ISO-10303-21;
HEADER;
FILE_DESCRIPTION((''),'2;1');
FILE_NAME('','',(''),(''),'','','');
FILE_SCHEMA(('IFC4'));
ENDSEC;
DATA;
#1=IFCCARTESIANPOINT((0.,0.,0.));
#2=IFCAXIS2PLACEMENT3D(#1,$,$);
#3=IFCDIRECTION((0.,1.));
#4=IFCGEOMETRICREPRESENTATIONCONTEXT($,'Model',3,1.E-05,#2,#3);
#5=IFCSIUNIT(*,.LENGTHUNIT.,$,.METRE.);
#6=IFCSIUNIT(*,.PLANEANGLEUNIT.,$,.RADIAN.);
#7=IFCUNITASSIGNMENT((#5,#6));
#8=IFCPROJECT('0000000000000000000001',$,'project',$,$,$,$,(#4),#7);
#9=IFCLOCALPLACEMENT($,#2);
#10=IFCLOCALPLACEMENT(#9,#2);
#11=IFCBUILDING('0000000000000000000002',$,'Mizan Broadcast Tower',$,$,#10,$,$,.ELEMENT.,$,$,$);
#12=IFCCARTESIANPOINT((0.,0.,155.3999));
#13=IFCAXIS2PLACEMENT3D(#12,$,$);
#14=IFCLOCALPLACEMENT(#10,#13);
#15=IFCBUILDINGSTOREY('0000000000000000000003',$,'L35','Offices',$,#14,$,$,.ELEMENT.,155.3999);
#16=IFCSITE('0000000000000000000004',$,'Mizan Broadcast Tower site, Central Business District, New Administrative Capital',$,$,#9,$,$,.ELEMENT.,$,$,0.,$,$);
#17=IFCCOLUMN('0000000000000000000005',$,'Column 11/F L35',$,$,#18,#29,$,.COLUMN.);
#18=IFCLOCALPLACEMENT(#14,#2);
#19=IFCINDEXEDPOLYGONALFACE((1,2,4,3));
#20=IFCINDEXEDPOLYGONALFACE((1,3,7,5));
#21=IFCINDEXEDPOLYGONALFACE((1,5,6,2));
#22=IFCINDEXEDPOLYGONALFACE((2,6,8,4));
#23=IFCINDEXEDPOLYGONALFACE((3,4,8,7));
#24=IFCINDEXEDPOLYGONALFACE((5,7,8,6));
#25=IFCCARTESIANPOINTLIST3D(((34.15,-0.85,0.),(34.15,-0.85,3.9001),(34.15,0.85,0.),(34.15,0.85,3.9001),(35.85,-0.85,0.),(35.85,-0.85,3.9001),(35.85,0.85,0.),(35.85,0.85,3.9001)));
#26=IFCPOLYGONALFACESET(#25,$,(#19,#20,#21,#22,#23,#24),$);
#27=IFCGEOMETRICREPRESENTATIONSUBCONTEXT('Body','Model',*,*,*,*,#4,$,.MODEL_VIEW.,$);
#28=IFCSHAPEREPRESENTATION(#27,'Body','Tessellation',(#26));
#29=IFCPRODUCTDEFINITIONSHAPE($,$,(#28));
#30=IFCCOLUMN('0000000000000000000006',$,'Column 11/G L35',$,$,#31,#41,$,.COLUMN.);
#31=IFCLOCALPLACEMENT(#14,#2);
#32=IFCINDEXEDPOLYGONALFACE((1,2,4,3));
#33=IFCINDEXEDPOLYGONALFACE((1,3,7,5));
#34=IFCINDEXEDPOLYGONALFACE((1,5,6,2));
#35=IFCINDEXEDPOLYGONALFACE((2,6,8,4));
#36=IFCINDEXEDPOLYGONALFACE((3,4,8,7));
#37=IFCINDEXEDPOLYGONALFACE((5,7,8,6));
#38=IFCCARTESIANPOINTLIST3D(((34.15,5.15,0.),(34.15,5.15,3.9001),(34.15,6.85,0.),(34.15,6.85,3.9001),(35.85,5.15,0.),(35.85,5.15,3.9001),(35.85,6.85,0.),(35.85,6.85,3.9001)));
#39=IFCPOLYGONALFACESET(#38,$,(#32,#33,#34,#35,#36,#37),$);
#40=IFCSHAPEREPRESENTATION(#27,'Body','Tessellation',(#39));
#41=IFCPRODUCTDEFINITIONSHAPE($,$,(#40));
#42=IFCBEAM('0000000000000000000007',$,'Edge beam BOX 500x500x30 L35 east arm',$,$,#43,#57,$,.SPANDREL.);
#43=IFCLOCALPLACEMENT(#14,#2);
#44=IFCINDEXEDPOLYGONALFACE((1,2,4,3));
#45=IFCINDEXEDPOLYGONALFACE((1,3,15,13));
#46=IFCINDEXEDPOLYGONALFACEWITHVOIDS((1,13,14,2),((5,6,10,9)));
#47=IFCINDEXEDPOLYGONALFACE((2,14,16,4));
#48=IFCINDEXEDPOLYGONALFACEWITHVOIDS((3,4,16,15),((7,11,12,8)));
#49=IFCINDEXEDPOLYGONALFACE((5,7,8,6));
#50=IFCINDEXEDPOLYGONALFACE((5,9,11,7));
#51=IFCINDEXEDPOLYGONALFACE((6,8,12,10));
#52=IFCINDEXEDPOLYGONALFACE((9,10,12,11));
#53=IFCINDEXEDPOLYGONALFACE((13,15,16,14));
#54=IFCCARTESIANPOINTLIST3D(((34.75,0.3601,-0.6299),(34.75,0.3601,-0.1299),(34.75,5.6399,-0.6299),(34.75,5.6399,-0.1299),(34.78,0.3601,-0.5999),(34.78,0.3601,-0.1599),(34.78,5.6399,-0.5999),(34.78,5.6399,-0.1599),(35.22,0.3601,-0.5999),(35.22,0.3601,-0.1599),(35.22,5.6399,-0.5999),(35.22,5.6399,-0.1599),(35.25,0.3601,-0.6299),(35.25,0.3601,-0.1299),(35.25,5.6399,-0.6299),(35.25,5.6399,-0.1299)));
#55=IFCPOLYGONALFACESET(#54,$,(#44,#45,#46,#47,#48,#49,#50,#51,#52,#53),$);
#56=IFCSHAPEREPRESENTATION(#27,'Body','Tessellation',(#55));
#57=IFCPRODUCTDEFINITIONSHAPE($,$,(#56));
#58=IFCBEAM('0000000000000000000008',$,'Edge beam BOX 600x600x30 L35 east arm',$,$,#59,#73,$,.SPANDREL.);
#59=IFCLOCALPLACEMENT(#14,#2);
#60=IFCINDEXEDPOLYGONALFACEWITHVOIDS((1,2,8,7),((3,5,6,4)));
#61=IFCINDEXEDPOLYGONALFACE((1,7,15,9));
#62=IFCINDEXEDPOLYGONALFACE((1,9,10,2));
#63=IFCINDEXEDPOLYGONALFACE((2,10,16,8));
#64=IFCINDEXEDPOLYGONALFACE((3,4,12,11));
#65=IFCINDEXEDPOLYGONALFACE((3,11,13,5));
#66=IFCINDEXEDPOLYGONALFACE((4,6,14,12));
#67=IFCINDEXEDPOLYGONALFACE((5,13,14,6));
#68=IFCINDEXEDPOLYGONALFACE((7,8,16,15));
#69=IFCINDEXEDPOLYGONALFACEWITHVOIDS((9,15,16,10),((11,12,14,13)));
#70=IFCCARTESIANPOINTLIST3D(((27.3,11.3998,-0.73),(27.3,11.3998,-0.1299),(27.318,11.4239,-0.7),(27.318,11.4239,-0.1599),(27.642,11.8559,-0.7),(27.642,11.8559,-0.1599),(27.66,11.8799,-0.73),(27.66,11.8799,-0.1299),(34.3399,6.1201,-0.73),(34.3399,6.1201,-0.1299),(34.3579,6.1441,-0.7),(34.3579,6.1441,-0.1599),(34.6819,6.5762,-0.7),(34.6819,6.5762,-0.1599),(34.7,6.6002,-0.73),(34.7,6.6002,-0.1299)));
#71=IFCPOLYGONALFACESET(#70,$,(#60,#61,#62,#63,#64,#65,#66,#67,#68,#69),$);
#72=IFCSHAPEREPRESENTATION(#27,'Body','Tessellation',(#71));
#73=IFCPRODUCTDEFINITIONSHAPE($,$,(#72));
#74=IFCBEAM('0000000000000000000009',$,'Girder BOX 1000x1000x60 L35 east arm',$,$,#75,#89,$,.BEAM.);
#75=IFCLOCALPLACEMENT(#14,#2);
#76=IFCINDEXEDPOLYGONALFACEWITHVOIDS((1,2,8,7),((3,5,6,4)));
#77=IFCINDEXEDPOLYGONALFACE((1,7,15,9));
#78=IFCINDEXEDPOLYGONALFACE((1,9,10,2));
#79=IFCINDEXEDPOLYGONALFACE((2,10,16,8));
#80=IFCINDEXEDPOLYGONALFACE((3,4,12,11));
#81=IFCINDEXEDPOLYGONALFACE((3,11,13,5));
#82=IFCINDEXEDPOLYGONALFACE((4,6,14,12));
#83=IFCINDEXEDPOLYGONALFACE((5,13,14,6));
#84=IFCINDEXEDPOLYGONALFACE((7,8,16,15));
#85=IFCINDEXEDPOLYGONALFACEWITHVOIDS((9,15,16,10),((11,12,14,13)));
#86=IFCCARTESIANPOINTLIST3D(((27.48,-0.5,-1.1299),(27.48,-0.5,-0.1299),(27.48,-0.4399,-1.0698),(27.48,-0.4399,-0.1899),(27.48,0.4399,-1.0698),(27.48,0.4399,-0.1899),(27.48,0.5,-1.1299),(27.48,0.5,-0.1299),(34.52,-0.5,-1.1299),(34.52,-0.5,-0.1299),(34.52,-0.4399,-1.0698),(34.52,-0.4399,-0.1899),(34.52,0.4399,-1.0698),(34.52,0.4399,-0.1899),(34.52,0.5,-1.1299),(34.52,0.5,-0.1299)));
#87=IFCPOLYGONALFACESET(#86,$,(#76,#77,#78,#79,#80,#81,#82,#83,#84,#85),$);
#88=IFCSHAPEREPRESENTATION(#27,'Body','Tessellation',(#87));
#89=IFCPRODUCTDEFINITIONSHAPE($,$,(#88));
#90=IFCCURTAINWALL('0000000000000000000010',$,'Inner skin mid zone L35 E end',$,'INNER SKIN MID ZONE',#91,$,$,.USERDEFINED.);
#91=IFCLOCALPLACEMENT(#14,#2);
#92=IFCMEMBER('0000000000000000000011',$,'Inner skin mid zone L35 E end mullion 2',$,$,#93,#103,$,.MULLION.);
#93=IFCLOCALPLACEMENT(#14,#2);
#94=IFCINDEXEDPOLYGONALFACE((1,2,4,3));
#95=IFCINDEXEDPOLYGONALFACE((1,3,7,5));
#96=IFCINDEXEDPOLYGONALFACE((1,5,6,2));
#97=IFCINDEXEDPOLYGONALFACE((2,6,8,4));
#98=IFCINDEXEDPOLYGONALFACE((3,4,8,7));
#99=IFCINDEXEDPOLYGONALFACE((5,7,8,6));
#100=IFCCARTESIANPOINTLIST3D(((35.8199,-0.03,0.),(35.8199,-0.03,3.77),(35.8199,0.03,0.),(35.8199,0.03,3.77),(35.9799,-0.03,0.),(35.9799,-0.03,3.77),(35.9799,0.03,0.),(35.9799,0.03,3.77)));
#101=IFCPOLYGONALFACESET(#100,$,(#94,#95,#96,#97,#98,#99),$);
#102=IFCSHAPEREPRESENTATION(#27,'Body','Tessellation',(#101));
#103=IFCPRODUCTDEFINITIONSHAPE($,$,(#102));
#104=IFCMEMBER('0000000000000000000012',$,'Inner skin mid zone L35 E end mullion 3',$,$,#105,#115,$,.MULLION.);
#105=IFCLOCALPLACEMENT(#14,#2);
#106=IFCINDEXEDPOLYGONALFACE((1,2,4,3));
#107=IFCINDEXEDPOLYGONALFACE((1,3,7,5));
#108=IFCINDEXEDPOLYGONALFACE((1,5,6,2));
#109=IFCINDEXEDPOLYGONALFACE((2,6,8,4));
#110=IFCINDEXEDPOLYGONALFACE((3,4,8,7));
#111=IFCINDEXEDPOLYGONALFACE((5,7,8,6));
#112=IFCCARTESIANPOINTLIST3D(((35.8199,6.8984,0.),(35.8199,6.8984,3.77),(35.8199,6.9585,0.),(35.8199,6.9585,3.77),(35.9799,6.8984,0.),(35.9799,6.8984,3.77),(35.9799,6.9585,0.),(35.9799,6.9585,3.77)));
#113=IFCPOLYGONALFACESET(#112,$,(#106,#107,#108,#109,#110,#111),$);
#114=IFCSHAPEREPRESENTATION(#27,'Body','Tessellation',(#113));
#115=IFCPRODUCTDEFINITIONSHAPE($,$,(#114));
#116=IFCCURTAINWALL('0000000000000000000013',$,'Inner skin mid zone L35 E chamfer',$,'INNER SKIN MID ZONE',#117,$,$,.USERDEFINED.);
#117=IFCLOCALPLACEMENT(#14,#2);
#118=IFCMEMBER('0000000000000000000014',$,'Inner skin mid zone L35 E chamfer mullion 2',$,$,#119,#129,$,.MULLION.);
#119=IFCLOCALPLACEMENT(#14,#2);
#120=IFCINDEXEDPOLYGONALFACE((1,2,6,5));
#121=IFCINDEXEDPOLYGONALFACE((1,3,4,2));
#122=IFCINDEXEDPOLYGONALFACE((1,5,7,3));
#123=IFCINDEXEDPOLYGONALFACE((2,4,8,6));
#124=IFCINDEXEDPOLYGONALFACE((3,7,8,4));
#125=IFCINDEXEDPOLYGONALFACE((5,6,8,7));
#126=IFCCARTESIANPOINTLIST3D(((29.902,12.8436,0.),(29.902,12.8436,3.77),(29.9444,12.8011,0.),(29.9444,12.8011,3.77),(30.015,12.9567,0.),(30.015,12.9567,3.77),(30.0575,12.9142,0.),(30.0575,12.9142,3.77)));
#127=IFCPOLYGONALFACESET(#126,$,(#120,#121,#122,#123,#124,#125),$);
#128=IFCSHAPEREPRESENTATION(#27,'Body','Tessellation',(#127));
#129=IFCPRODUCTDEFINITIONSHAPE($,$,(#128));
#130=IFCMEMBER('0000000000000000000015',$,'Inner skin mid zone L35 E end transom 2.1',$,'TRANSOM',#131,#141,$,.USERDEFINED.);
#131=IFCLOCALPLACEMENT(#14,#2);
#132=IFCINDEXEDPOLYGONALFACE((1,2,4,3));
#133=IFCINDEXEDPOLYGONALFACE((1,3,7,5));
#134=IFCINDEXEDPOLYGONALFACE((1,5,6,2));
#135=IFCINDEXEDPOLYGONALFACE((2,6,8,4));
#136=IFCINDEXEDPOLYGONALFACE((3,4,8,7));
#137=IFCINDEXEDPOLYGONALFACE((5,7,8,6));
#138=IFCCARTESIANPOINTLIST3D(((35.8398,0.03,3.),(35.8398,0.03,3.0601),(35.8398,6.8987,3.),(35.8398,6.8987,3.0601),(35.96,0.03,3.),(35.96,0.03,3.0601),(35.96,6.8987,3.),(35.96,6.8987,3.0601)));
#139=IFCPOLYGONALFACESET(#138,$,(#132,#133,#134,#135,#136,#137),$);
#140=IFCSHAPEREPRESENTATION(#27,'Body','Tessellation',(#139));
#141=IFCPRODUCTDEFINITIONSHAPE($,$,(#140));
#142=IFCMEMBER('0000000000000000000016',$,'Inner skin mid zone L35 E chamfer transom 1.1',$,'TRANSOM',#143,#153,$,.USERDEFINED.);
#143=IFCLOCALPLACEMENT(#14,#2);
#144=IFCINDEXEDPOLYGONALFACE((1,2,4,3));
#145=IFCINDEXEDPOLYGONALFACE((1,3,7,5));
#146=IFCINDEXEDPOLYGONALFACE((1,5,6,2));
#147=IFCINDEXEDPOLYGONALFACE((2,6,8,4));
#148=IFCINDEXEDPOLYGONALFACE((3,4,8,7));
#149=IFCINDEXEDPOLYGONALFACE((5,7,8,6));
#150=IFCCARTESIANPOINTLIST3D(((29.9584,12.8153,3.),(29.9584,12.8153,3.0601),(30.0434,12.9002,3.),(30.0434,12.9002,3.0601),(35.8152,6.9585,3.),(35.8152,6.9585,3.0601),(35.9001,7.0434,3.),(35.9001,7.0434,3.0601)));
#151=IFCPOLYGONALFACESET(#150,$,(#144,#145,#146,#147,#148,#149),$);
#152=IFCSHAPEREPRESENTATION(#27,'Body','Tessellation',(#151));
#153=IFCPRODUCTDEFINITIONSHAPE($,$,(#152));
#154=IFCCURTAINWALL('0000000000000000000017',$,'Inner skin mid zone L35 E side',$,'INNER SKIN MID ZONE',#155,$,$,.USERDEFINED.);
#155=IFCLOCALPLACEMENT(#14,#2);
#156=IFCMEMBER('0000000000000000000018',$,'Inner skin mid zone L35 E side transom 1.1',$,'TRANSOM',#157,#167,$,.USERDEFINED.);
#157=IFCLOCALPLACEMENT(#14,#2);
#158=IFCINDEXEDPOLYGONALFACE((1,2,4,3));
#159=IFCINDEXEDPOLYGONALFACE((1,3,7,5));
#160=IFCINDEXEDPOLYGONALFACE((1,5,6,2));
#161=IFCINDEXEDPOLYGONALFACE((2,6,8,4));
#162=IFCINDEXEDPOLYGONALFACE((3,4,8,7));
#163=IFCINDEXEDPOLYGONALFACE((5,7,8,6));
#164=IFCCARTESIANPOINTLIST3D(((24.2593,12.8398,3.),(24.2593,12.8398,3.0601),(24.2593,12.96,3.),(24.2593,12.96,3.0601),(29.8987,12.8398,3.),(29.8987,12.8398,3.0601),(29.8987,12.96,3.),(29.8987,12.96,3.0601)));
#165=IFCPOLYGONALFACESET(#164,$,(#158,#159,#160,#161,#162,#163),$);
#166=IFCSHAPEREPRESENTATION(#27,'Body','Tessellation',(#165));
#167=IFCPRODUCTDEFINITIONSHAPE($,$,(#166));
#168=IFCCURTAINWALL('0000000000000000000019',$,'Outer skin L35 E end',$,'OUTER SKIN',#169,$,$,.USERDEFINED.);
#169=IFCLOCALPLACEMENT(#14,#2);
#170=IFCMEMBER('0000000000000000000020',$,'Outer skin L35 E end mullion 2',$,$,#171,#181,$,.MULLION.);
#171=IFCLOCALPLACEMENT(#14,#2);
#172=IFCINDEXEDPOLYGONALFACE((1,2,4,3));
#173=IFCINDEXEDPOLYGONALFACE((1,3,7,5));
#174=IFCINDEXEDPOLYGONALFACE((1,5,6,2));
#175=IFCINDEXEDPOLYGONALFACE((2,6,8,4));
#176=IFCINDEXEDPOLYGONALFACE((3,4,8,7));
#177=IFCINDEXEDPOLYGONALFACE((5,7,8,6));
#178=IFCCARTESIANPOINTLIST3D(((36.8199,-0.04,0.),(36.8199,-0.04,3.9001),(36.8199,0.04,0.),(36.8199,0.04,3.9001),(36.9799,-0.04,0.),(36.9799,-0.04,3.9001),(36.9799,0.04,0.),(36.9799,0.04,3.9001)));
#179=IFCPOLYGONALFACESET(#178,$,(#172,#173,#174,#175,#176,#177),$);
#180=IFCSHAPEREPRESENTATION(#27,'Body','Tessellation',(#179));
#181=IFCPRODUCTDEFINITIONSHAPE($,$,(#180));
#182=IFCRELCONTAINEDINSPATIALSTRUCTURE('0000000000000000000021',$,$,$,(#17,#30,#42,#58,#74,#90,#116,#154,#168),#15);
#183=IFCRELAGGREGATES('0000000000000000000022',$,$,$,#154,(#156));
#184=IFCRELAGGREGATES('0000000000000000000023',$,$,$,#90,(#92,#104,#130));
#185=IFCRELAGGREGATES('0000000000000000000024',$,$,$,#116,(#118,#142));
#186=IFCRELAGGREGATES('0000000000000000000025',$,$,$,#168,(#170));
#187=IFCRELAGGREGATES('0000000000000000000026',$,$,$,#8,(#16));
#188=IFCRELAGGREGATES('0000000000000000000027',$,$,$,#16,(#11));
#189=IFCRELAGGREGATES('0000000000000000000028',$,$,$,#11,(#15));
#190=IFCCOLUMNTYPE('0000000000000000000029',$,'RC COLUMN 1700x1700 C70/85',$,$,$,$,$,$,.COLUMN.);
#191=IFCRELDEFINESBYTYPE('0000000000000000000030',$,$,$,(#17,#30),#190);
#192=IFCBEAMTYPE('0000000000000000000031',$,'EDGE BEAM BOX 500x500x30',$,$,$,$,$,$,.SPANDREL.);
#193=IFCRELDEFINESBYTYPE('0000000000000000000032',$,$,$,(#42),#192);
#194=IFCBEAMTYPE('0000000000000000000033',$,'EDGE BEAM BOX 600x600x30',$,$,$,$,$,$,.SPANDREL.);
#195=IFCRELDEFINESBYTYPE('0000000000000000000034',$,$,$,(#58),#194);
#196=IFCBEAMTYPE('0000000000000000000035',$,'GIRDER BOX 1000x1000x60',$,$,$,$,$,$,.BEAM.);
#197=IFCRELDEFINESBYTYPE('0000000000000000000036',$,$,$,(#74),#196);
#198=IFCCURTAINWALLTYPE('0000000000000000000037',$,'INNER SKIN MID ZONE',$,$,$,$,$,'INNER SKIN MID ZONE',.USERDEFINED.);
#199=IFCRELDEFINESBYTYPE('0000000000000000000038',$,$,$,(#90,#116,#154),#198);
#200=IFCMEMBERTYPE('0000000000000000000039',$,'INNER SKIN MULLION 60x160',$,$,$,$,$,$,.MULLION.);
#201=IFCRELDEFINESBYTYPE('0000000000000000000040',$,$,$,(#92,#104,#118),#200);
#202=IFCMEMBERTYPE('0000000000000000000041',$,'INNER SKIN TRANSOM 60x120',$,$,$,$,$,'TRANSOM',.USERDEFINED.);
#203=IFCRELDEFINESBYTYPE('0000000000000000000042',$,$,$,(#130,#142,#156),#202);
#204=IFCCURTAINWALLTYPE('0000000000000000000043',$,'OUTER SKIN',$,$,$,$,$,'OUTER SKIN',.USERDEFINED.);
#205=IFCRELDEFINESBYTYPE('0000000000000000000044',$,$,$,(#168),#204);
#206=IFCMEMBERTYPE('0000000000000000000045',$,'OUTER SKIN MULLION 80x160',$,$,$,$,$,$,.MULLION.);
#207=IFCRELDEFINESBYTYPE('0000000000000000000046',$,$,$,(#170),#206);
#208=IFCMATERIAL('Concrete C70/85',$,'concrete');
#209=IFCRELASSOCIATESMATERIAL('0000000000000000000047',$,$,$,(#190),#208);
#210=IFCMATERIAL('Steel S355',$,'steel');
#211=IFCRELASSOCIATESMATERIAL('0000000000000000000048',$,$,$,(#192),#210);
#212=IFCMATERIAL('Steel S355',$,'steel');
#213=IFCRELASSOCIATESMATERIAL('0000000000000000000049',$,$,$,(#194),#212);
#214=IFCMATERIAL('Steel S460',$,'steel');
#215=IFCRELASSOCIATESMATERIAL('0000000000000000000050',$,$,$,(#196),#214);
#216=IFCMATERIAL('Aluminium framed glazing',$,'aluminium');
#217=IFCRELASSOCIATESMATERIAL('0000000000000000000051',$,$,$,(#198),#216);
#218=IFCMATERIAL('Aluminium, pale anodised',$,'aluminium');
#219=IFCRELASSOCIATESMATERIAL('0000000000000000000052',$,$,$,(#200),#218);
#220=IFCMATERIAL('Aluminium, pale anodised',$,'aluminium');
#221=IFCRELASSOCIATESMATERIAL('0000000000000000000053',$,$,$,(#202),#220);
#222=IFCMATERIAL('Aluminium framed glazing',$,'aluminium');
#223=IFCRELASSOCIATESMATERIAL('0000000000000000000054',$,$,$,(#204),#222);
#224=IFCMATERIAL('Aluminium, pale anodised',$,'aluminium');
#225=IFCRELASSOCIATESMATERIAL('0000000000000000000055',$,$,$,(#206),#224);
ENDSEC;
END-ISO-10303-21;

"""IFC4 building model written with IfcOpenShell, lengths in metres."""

from ifc_helpers import new_model, si_unit, direction, frame, origin, origin_2d, place, context, subcontext, project, spatial, rectangle, hollow_rectangle, extrude, material, material_profile, profile_set, type_object, element, aggregate, save


model = new_model("IFC4")

# Units and contexts
model_context = context("Model", 3, precision=1e-05, world=origin(), true_north=direction((0.0, 1.0)))
body_context = subcontext(model_context, "Body", "Model", "MODEL_VIEW")
ifc_project = project(units=[si_unit("LENGTHUNIT", "METRE"), si_unit("PLANEANGLEUNIT", "RADIAN")], contexts=[model_context])

# Site, building, storey
site_placement = place(None, origin())
site = spatial("IfcSite", under=ifc_project, at=site_placement, Name="Mizan Broadcast Tower site, Central Business District, New Administrative Capital", CompositionType="ELEMENT", RefElevation=0.0)
building_placement = place(site_placement, origin())
building = spatial("IfcBuilding", under=site, at=building_placement, Name="Mizan Broadcast Tower", CompositionType="ELEMENT")
storey_placement = place(building_placement, frame((0.0, 0.0, 155.3999)))
storey = spatial("IfcBuildingStorey", under=building, at=storey_placement, Name="L35", Description="Offices", CompositionType="ELEMENT", Elevation=155.3999)

# Columns
ifc_material_1 = material(Name="Concrete C70/85", Category="concrete")
ifc_material_profile_1 = material_profile(ifc_material_1, rectangle(XDim=1.7, YDim=1.7, at=origin_2d()), Name="RC 1700x1700")
ifc_profile_set_1 = profile_set([ifc_material_profile_1], Name="Concrete C70/85")
column_type = type_object("IfcColumnType", Name="RC COLUMN 1700x1700 C70/85", PredefinedType="COLUMN", material=ifc_profile_set_1)
for number, where, z_axis, x_axis, name in (
    (1, (35.0, 0.0, 0.0), (0.0, 0.0, 1.0), (1.0, 0.0, 0.0), "Column 11/F L35"),
    (2, (35.0, 6.0, 0.0), (0.0, 0.0, 1.0), (1.0, 0.0, 0.0), "Column 11/G L35"),
):
    element("IfcColumn", number, at=place(storey_placement, frame(where, z_axis=z_axis, x_axis=x_axis)), inside=storey, type_object=column_type, Name=name, PredefinedType="COLUMN", context=body_context, shape_type="SweptSolid", body=[
        extrude(rectangle(XDim=1.7, YDim=1.7, at=origin_2d()), origin(), (0.0, 0.0, 1.0), 3.9001),
    ])

# Beams
ifc_material_2 = material(Name="Steel S355", Category="steel")
ifc_material_profile_2 = material_profile(ifc_material_2, hollow_rectangle(XDim=0.5, YDim=0.5, WallThickness=0.03, at=origin_2d()), Name="BOX 500x500x30")
ifc_profile_set_2 = profile_set([ifc_material_profile_2], Name="Steel S355")
beam_type_1 = type_object("IfcBeamType", Name="EDGE BEAM BOX 500x500x30", PredefinedType="SPANDREL", material=ifc_profile_set_2)
beam_1_placement = place(storey_placement, frame((35.0, 5.6399, -0.3799), z_axis=(0.0, -1.0, 0.0), x_axis=(1.0, 0.0, 0.0)))
element("IfcBeam", 3, at=beam_1_placement, inside=storey, type_object=beam_type_1, Name="Edge beam BOX 500x500x30 L35 east arm", PredefinedType="SPANDREL", context=body_context, shape_type="SweptSolid", body=[
    extrude(hollow_rectangle(XDim=0.5, YDim=0.5, WallThickness=0.03, at=origin_2d()), origin(), (0.0, 0.0, 1.0), 5.2798),
])
ifc_material_3 = material(Name="Steel S355", Category="steel")
ifc_material_profile_3 = material_profile(ifc_material_3, hollow_rectangle(XDim=0.6001, YDim=0.6001, WallThickness=0.03, at=origin_2d()), Name="BOX 600x600x30")
ifc_profile_set_3 = profile_set([ifc_material_profile_3], Name="Steel S355")
beam_type_2 = type_object("IfcBeamType", Name="EDGE BEAM BOX 600x600x30", PredefinedType="SPANDREL", material=ifc_profile_set_3)
beam_2_placement = place(storey_placement, frame((27.48, 11.6399, -0.4299), z_axis=(0.800013, -0.599982, 0.0), x_axis=(0.599982, 0.800013, 0.0)))
element("IfcBeam", 4, at=beam_2_placement, inside=storey, type_object=beam_type_2, Name="Edge beam BOX 600x600x30 L35 east arm", PredefinedType="SPANDREL", context=body_context, shape_type="SweptSolid", body=[
    extrude(hollow_rectangle(XDim=0.6001, YDim=0.6001, WallThickness=0.03, at=origin_2d()), origin(), (0.0, 0.0, 1.0), 8.7998),
])
ifc_material_4 = material(Name="Steel S460", Category="steel")
ifc_material_profile_4 = material_profile(ifc_material_4, hollow_rectangle(XDim=1.0, YDim=1.0, WallThickness=0.0601, at=origin_2d()), Name="BOX 1000x1000x60")
ifc_profile_set_4 = profile_set([ifc_material_profile_4], Name="Steel S460")
beam_type_3 = type_object("IfcBeamType", Name="GIRDER BOX 1000x1000x60", PredefinedType="BEAM", material=ifc_profile_set_4)
beam_3_placement = place(storey_placement, frame((27.48, 0.0, -0.6299), z_axis=(1.0, 0.0, 0.0), x_axis=(0.0, 1.0, 0.0)))
element("IfcBeam", 5, at=beam_3_placement, inside=storey, type_object=beam_type_3, Name="Girder BOX 1000x1000x60 L35 east arm", PredefinedType="BEAM", context=body_context, shape_type="SweptSolid", body=[
    extrude(hollow_rectangle(XDim=1.0, YDim=1.0, WallThickness=0.0601, at=origin_2d()), origin(), (0.0, 0.0, 1.0), 7.04),
])

# Curtain wall, members
ifc_material_5 = material(Name="Aluminium framed glazing", Category="aluminium")
curtain_wall_type_1 = type_object("IfcCurtainWallType", Name="INNER SKIN MID ZONE", ElementType="INNER SKIN MID ZONE", PredefinedType="USERDEFINED", material=ifc_material_5)
curtain_wall_1_placement = place(storey_placement, origin())
curtain_wall_1 = element("IfcCurtainWall", 6, at=curtain_wall_1_placement, inside=storey, type_object=curtain_wall_type_1, Name="Inner skin mid zone L35 E end", ObjectType="INNER SKIN MID ZONE", PredefinedType="USERDEFINED")
ifc_material_6 = material(Name="Aluminium, pale anodised", Category="aluminium")
ifc_material_profile_5 = material_profile(ifc_material_6, rectangle(XDim=0.1599, YDim=0.0601, at=origin_2d()), Name="MULLION 160x60")
ifc_profile_set_5 = profile_set([ifc_material_profile_5], Name="Aluminium, pale anodised")
member_type_1 = type_object("IfcMemberType", Name="INNER SKIN MULLION 60x160", PredefinedType="MULLION", material=ifc_profile_set_5)
member_1_placement = place(storey_placement, frame((35.8999, 0.0, 0.0), z_axis=(0.0, 0.0, 1.0), x_axis=(-1.0, 0.0, 0.0)))
member_1 = element("IfcMember", 7, at=member_1_placement, type_object=member_type_1, Name="Inner skin mid zone L35 E end mullion 2", PredefinedType="MULLION", context=body_context, shape_type="SweptSolid", body=[
    extrude(rectangle(XDim=0.1599, YDim=0.0601, at=origin_2d()), origin(), (0.0, 0.0, 1.0), 3.77),
])
member_2_placement = place(storey_placement, frame((35.8999, 6.9285, 0.0), z_axis=(0.0, 0.0, 1.0), x_axis=(-1.0, 0.0, 0.0)))
member_2 = element("IfcMember", 8, at=member_2_placement, type_object=member_type_1, Name="Inner skin mid zone L35 E end mullion 3", PredefinedType="MULLION", context=body_context, shape_type="SweptSolid", body=[
    extrude(rectangle(XDim=0.1599, YDim=0.0601, at=origin_2d()), origin(), (0.0, 0.0, 1.0), 3.77),
])

# Curtain wall, member
curtain_wall_2_placement = place(storey_placement, origin())
curtain_wall_2 = element("IfcCurtainWall", 9, at=curtain_wall_2_placement, inside=storey, type_object=curtain_wall_type_1, Name="Inner skin mid zone L35 E chamfer", ObjectType="INNER SKIN MID ZONE", PredefinedType="USERDEFINED")
member_3_placement = place(storey_placement, frame((29.9797, 12.8789, 0.0), z_axis=(0.0, 0.0, 1.0), x_axis=(-0.707107, -0.707107, 0.0)))
member_3 = element("IfcMember", 10, at=member_3_placement, type_object=member_type_1, Name="Inner skin mid zone L35 E chamfer mullion 2", PredefinedType="MULLION", context=body_context, shape_type="SweptSolid", body=[
    extrude(rectangle(XDim=0.1599, YDim=0.0601, at=origin_2d()), origin(), (0.0, 0.0, 1.0), 3.77),
])

# Members
ifc_material_7 = material(Name="Aluminium, pale anodised", Category="aluminium")
ifc_material_profile_6 = material_profile(ifc_material_7, rectangle(XDim=0.1201, YDim=0.0601, at=origin_2d()), Name="TRANSOM 120x60")
ifc_profile_set_6 = profile_set([ifc_material_profile_6], Name="Aluminium, pale anodised")
member_type_2 = type_object("IfcMemberType", Name="INNER SKIN TRANSOM 60x120", ElementType="TRANSOM", PredefinedType="USERDEFINED", material=ifc_profile_set_6)
member_4_placement = place(storey_placement, frame((35.8999, 0.03, 3.03), z_axis=(0.0, 1.0, 0.0), x_axis=(-1.0, 0.0, 0.0)))
member_4 = element("IfcMember", 11, at=member_4_placement, type_object=member_type_2, Name="Inner skin mid zone L35 E end transom 2.1", ObjectType="TRANSOM", PredefinedType="USERDEFINED", context=body_context, shape_type="SweptSolid", body=[
    extrude(rectangle(XDim=0.1201, YDim=0.0601, at=origin_2d()), origin(), (0.0, 0.0, 1.0), 6.8687),
])
member_5_placement = place(storey_placement, frame((35.8577, 7.001, 3.03), z_axis=(-0.707107, 0.707107, 0.0), x_axis=(-0.707107, -0.707107, 0.0)))
member_5 = element("IfcMember", 12, at=member_5_placement, type_object=member_type_2, Name="Inner skin mid zone L35 E chamfer transom 1.1", ObjectType="TRANSOM", PredefinedType="USERDEFINED", context=body_context, shape_type="SweptSolid", body=[
    extrude(rectangle(XDim=0.1201, YDim=0.0601, at=origin_2d()), origin(), (0.0, 0.0, 1.0), 8.2827),
])

# Curtain wall, member
curtain_wall_3_placement = place(storey_placement, origin())
curtain_wall_3 = element("IfcCurtainWall", 13, at=curtain_wall_3_placement, inside=storey, type_object=curtain_wall_type_1, Name="Inner skin mid zone L35 E side", ObjectType="INNER SKIN MID ZONE", PredefinedType="USERDEFINED")
member_6_placement = place(storey_placement, frame((29.8987, 12.8999, 3.03), z_axis=(-1.0, 0.0, 0.0), x_axis=(0.0, -1.0, 0.0)))
member_6 = element("IfcMember", 14, at=member_6_placement, type_object=member_type_2, Name="Inner skin mid zone L35 E side transom 1.1", ObjectType="TRANSOM", PredefinedType="USERDEFINED", context=body_context, shape_type="SweptSolid", body=[
    extrude(rectangle(XDim=0.1201, YDim=0.0601, at=origin_2d()), origin(), (0.0, 0.0, 1.0), 5.6394),
])
aggregate(curtain_wall_3, [member_6])

# Curtain wall, member
ifc_material_8 = material(Name="Aluminium framed glazing", Category="aluminium")
curtain_wall_type_2 = type_object("IfcCurtainWallType", Name="OUTER SKIN", ElementType="OUTER SKIN", PredefinedType="USERDEFINED", material=ifc_material_8)
curtain_wall_4_placement = place(storey_placement, origin())
curtain_wall_4 = element("IfcCurtainWall", 15, at=curtain_wall_4_placement, inside=storey, type_object=curtain_wall_type_2, Name="Outer skin L35 E end", ObjectType="OUTER SKIN", PredefinedType="USERDEFINED")
ifc_material_9 = material(Name="Aluminium, pale anodised", Category="aluminium")
ifc_material_profile_7 = material_profile(ifc_material_9, rectangle(XDim=0.1599, YDim=0.0801, at=origin_2d()), Name="MULLION 160x80")
ifc_profile_set_7 = profile_set([ifc_material_profile_7], Name="Aluminium, pale anodised")
member_type_3 = type_object("IfcMemberType", Name="OUTER SKIN MULLION 80x160", PredefinedType="MULLION", material=ifc_profile_set_7)
member_7_placement = place(storey_placement, frame((36.8999, 0.0, 0.0), z_axis=(0.0, 0.0, 1.0), x_axis=(-1.0, 0.0, 0.0)))
member_7 = element("IfcMember", 16, at=member_7_placement, type_object=member_type_3, Name="Outer skin L35 E end mullion 2", PredefinedType="MULLION", context=body_context, shape_type="SweptSolid", body=[
    extrude(rectangle(XDim=0.1599, YDim=0.0801, at=origin_2d()), origin(), (0.0, 0.0, 1.0), 3.9001),
])

aggregate(curtain_wall_1, [member_1, member_2, member_4])
aggregate(curtain_wall_2, [member_3, member_5])
aggregate(curtain_wall_4, [member_7])

save(model, "model.ifc")
